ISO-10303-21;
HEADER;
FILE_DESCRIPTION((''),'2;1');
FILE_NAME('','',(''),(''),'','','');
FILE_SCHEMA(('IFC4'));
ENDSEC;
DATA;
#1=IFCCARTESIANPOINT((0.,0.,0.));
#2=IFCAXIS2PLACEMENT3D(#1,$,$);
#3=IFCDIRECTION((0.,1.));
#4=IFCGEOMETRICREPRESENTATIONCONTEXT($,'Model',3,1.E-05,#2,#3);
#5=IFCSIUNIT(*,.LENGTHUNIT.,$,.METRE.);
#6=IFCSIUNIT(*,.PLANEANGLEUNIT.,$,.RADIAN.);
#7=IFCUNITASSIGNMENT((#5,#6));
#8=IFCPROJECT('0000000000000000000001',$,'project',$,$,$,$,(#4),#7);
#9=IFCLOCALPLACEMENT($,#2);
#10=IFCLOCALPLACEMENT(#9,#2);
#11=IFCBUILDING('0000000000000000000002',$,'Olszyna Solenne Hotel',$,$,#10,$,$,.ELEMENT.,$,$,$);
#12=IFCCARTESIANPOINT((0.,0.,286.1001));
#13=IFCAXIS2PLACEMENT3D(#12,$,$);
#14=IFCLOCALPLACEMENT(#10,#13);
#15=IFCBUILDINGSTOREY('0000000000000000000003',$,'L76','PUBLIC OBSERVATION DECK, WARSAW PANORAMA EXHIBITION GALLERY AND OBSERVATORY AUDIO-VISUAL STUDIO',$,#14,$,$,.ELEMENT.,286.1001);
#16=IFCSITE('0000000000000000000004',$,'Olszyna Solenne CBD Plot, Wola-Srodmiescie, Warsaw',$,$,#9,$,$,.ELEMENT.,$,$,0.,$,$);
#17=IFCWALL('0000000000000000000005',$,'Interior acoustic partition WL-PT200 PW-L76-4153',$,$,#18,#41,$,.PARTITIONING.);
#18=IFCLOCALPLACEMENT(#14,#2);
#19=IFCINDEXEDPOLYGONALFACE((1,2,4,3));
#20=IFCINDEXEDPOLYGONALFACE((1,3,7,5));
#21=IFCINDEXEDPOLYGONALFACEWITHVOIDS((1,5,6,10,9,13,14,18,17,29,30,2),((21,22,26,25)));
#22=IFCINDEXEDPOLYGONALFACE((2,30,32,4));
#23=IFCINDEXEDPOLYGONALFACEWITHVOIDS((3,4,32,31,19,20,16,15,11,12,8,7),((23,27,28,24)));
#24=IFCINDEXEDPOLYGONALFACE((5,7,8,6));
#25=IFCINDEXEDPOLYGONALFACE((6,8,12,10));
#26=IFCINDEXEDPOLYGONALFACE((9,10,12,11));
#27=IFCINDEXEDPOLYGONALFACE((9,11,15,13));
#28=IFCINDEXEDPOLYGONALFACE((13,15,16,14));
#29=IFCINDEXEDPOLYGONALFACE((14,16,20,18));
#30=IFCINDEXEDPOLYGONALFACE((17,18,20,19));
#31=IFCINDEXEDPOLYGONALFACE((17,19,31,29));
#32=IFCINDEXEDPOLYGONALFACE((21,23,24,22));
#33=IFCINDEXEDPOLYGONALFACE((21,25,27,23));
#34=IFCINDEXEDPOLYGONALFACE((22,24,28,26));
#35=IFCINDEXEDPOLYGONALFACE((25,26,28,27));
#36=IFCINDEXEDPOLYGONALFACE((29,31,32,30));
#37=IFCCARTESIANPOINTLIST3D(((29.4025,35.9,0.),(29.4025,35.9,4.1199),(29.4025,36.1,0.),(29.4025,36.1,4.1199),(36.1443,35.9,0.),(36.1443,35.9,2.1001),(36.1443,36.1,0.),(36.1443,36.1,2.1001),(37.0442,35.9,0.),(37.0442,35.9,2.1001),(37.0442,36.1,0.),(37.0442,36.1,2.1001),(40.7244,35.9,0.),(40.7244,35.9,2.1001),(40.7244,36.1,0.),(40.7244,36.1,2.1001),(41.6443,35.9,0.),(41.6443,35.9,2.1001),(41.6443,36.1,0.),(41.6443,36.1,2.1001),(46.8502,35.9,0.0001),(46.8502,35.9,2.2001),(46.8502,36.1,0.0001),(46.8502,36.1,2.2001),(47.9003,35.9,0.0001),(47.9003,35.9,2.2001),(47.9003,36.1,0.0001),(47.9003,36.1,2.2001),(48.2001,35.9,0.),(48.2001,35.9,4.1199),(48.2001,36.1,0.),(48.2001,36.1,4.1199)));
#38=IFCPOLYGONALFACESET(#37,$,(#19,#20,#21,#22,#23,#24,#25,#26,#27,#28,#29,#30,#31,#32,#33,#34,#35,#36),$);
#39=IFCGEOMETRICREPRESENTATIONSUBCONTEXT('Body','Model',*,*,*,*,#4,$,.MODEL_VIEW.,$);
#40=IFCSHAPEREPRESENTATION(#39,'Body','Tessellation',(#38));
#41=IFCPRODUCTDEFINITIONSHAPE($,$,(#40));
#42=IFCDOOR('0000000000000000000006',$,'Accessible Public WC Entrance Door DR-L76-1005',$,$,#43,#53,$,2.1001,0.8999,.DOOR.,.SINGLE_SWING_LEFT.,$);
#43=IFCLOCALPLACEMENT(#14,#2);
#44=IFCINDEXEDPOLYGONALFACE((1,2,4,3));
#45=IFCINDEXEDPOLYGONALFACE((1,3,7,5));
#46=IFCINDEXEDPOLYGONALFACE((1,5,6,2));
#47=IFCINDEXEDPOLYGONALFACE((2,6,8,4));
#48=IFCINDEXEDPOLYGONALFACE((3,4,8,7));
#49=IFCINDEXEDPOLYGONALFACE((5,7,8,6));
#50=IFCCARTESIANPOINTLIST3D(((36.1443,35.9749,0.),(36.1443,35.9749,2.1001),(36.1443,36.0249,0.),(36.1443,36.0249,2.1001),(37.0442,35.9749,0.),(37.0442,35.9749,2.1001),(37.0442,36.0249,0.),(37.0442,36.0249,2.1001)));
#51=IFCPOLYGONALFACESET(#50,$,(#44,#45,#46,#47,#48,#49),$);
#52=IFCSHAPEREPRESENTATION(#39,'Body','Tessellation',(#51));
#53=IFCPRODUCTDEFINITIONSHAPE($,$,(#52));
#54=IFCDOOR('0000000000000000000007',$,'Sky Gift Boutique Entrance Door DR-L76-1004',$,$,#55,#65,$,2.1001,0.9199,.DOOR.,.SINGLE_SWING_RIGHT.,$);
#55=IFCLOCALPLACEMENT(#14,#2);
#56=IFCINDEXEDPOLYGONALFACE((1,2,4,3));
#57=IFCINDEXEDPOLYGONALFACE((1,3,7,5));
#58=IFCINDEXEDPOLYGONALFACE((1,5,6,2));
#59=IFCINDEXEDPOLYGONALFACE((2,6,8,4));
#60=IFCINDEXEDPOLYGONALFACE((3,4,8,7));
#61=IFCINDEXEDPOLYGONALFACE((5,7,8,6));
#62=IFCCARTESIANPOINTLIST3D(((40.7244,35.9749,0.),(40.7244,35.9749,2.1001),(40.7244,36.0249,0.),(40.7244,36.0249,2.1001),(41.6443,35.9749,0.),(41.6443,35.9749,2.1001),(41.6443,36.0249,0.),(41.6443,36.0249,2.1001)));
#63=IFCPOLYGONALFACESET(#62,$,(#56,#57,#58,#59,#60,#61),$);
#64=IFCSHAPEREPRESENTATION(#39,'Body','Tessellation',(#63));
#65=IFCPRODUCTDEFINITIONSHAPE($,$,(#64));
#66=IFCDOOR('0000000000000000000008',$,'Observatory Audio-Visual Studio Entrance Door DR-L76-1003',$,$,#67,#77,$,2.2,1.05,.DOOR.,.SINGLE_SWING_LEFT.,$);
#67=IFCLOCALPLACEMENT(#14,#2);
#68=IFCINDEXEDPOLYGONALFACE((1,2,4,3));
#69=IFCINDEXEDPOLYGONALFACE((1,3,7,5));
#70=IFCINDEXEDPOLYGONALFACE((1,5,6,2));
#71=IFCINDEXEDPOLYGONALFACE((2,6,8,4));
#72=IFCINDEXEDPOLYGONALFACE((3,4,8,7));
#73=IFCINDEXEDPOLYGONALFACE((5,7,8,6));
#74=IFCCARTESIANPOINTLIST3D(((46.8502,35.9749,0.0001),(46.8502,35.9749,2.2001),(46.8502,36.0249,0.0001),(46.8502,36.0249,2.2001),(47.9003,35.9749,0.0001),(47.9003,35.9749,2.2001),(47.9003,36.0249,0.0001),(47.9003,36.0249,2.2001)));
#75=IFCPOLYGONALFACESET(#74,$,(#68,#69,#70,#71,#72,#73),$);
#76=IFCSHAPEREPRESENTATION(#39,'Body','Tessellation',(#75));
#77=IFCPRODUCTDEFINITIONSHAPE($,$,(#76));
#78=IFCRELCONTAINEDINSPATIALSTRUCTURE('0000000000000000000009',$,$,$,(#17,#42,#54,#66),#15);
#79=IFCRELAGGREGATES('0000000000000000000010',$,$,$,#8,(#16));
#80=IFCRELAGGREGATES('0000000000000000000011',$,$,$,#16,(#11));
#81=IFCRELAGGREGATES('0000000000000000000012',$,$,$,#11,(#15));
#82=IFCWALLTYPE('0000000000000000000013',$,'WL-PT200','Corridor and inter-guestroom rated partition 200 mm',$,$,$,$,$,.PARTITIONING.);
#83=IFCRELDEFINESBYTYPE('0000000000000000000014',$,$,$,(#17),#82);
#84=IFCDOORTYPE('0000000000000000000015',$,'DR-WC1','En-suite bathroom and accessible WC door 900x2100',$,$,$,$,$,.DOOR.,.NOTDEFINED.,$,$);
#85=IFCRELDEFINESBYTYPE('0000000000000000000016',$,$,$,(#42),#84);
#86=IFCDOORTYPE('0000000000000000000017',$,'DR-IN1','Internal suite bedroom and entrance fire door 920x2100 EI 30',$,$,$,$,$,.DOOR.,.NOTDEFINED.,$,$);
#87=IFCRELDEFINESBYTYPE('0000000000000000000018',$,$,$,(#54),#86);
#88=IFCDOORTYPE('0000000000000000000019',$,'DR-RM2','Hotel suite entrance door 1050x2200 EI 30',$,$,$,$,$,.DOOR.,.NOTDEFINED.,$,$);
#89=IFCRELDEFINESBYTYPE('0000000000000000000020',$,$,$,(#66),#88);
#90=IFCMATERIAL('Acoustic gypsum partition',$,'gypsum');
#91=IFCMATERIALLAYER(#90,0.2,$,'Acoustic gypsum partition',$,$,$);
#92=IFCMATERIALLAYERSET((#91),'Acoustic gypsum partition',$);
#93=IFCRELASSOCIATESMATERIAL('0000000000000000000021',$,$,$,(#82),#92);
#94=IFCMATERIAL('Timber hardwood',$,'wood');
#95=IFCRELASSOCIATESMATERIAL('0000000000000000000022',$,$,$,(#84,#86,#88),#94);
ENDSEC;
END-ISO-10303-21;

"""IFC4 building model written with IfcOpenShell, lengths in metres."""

from ifc_helpers import new_model, si_unit, direction, frame, frame_2d, origin, place, context, subcontext, project, spatial, rectangle, extrude, source, transform, mapped, material, layer, layer_set, type_object, type_shapes, element, fill, save


model = new_model("IFC4")

# Units and contexts
model_context = context("Model", 3, precision=1e-05, world=origin(), true_north=direction((0.0, 1.0)))
body_context = subcontext(model_context, "Body", "Model", "MODEL_VIEW")
ifc_project = project(units=[si_unit("LENGTHUNIT", "METRE"), si_unit("PLANEANGLEUNIT", "RADIAN")], contexts=[model_context])

# Site, building, storey
site_placement = place(None, origin())
site = spatial("IfcSite", under=ifc_project, at=site_placement, Name="Olszyna Solenne CBD Plot, Wola-Srodmiescie, Warsaw", CompositionType="ELEMENT", RefElevation=0.0)
building_placement = place(site_placement, origin())
building = spatial("IfcBuilding", under=site, at=building_placement, Name="Olszyna Solenne Hotel", CompositionType="ELEMENT")
storey_placement = place(building_placement, frame((0.0, 0.0, 286.1001)))
storey = spatial("IfcBuildingStorey", under=building, at=storey_placement, Name="L76", Description="PUBLIC OBSERVATION DECK, WARSAW PANORAMA EXHIBITION GALLERY AND OBSERVATORY AUDIO-VISUAL STUDIO", CompositionType="ELEMENT", Elevation=286.1001)

# Shared definitions
ifc_material_1 = material(Name="Acoustic gypsum partition", Category="gypsum")

# Shared definitions
ifc_layer_1 = layer(ifc_material_1, 0.2, Name="Acoustic gypsum partition")
ifc_layer_set_1 = layer_set([ifc_layer_1], Name="Acoustic gypsum partition")
wall_type_1 = type_object("IfcWallType", Name="WL-PT200", Description="Corridor and inter-guestroom rated partition 200 mm", PredefinedType="PARTITIONING", material=ifc_layer_set_1)

# Wall, openings, doors
wall_1_placement = place(storey_placement, frame((29.4023, 36.0, 0.0), z_axis=(0.0, 0.0, 1.0), x_axis=(1.0, 0.0, 0.0)))
wall_1 = element("IfcWall", 1, at=wall_1_placement, inside=storey, type_object=wall_type_1, Name="Interior acoustic partition WL-PT200 PW-L76-4153", PredefinedType="PARTITIONING", context=body_context, shape_type="SweptSolid", body=[
    extrude(rectangle(XDim=18.7976, YDim=0.2, at=frame_2d((9.3989, 0.0))), origin(), (0.0, 0.0, 1.0), 4.1199),
])
opening_1_placement = place(wall_1_placement, frame((17.448, 0.0, 0.0)))
opening_1 = element("IfcOpeningElement", 2, at=opening_1_placement, cuts=wall_1, PredefinedType="OPENING", context=body_context, shape_type="SweptSolid", body=[
    extrude(rectangle(XDim=1.05, YDim=2.2, at=frame_2d((0.5249, 1.1001))), frame((0.0, 0.1099, 0.0), z_axis=(0.0, -1.0, 0.0), x_axis=(1.0, 0.0, 0.0)), (0.0, 0.0, 1.0), 0.22),
])
opening_2_placement = place(wall_1_placement, frame((11.322, 0.0, 0.0)))
opening_2 = element("IfcOpeningElement", 3, at=opening_2_placement, cuts=wall_1, PredefinedType="OPENING", context=body_context, shape_type="SweptSolid", body=[
    extrude(rectangle(XDim=0.9199, YDim=2.1001, at=frame_2d((0.46, 1.05))), frame((0.0, 0.1099, 0.0), z_axis=(0.0, -1.0, 0.0), x_axis=(1.0, 0.0, 0.0)), (0.0, 0.0, 1.0), 0.22),
])
opening_3_placement = place(wall_1_placement, frame((6.7419, 0.0, 0.0)))
opening_3 = element("IfcOpeningElement", 4, at=opening_3_placement, cuts=wall_1, PredefinedType="OPENING", context=body_context, shape_type="SweptSolid", body=[
    extrude(rectangle(XDim=0.8999, YDim=2.1001, at=frame_2d((0.45, 1.05))), frame((0.0, 0.1099, 0.0), z_axis=(0.0, -1.0, 0.0), x_axis=(1.0, 0.0, 0.0)), (0.0, 0.0, 1.0), 0.22),
])
ifc_material_2 = material(Name="Timber hardwood", Category="wood")
door_type_1 = type_object("IfcDoorType", Name="DR-WC1", Description="En-suite bathroom and accessible WC door 900x2100", OperationType="NOTDEFINED", PredefinedType="DOOR", material=ifc_material_2)
shared_shape_1 = source(origin(), body_context, "Body", "SweptSolid", [
    extrude(rectangle(XDim=0.8999, YDim=2.1001, at=frame_2d((0.45, 1.05))), frame((0.0, 0.0249, 0.0), z_axis=(0.0, -1.0, 0.0), x_axis=(1.0, 0.0, 0.0)), (0.0, 0.0, 1.0), 0.05),
])
type_shapes(door_type_1, [shared_shape_1])
door_1_placement = place(opening_3_placement, origin())
door_1 = element("IfcDoor", 5, at=door_1_placement, inside=storey, type_object=door_type_1, Name="Accessible Public WC Entrance Door DR-L76-1005", OperationType="SINGLE_SWING_LEFT", OverallHeight=2.1001, OverallWidth=0.8999, PredefinedType="DOOR", context=body_context, shape_type="MappedRepresentation", body=[
    mapped(shared_shape_1, transform((0.0, 0.0, 0.0), x_axis=(1.0, 0.0, 0.0), y_axis=(0.0, 1.0, 0.0), z_axis=(0.0, 0.0, 1.0), scale=1.0)),
])
fill(opening_3, door_1)
door_type_2 = type_object("IfcDoorType", Name="DR-IN1", Description="Internal suite bedroom and entrance fire door 920x2100 EI 30", OperationType="NOTDEFINED", PredefinedType="DOOR", material=ifc_material_2)
shared_shape_2 = source(origin(), body_context, "Body", "SweptSolid", [
    extrude(rectangle(XDim=0.9199, YDim=2.1001, at=frame_2d((0.46, 1.05))), frame((0.0, 0.0249, 0.0), z_axis=(0.0, -1.0, 0.0), x_axis=(1.0, 0.0, 0.0)), (0.0, 0.0, 1.0), 0.05),
])
type_shapes(door_type_2, [shared_shape_2])
door_2_placement = place(opening_2_placement, origin())
door_2 = element("IfcDoor", 6, at=door_2_placement, inside=storey, type_object=door_type_2, Name="Sky Gift Boutique Entrance Door DR-L76-1004", OperationType="SINGLE_SWING_RIGHT", OverallHeight=2.1001, OverallWidth=0.9199, PredefinedType="DOOR", context=body_context, shape_type="MappedRepresentation", body=[
    mapped(shared_shape_2, transform((0.0, 0.0, 0.0), x_axis=(1.0, 0.0, 0.0), y_axis=(0.0, 1.0, 0.0), z_axis=(0.0, 0.0, 1.0), scale=1.0)),
])
fill(opening_2, door_2)
door_type_3 = type_object("IfcDoorType", Name="DR-RM2", Description="Hotel suite entrance door 1050x2200 EI 30", OperationType="NOTDEFINED", PredefinedType="DOOR", material=ifc_material_2)
shared_shape_3 = source(origin(), body_context, "Body", "SweptSolid", [
    extrude(rectangle(XDim=1.05, YDim=2.2, at=frame_2d((0.5249, 1.1001))), frame((0.0, 0.0249, 0.0), z_axis=(0.0, -1.0, 0.0), x_axis=(1.0, 0.0, 0.0)), (0.0, 0.0, 1.0), 0.05),
])
type_shapes(door_type_3, [shared_shape_3])
door_3_placement = place(opening_1_placement, origin())
door_3 = element("IfcDoor", 7, at=door_3_placement, inside=storey, type_object=door_type_3, Name="Observatory Audio-Visual Studio Entrance Door DR-L76-1003", OperationType="SINGLE_SWING_LEFT", OverallHeight=2.2, OverallWidth=1.05, PredefinedType="DOOR", context=body_context, shape_type="MappedRepresentation", body=[
    mapped(shared_shape_3, transform((0.0, 0.0, 0.0), x_axis=(1.0, 0.0, 0.0), y_axis=(0.0, 1.0, 0.0), z_axis=(0.0, 0.0, 1.0), scale=1.0)),
])
fill(opening_1, door_3)

save(model, "model.ifc")
